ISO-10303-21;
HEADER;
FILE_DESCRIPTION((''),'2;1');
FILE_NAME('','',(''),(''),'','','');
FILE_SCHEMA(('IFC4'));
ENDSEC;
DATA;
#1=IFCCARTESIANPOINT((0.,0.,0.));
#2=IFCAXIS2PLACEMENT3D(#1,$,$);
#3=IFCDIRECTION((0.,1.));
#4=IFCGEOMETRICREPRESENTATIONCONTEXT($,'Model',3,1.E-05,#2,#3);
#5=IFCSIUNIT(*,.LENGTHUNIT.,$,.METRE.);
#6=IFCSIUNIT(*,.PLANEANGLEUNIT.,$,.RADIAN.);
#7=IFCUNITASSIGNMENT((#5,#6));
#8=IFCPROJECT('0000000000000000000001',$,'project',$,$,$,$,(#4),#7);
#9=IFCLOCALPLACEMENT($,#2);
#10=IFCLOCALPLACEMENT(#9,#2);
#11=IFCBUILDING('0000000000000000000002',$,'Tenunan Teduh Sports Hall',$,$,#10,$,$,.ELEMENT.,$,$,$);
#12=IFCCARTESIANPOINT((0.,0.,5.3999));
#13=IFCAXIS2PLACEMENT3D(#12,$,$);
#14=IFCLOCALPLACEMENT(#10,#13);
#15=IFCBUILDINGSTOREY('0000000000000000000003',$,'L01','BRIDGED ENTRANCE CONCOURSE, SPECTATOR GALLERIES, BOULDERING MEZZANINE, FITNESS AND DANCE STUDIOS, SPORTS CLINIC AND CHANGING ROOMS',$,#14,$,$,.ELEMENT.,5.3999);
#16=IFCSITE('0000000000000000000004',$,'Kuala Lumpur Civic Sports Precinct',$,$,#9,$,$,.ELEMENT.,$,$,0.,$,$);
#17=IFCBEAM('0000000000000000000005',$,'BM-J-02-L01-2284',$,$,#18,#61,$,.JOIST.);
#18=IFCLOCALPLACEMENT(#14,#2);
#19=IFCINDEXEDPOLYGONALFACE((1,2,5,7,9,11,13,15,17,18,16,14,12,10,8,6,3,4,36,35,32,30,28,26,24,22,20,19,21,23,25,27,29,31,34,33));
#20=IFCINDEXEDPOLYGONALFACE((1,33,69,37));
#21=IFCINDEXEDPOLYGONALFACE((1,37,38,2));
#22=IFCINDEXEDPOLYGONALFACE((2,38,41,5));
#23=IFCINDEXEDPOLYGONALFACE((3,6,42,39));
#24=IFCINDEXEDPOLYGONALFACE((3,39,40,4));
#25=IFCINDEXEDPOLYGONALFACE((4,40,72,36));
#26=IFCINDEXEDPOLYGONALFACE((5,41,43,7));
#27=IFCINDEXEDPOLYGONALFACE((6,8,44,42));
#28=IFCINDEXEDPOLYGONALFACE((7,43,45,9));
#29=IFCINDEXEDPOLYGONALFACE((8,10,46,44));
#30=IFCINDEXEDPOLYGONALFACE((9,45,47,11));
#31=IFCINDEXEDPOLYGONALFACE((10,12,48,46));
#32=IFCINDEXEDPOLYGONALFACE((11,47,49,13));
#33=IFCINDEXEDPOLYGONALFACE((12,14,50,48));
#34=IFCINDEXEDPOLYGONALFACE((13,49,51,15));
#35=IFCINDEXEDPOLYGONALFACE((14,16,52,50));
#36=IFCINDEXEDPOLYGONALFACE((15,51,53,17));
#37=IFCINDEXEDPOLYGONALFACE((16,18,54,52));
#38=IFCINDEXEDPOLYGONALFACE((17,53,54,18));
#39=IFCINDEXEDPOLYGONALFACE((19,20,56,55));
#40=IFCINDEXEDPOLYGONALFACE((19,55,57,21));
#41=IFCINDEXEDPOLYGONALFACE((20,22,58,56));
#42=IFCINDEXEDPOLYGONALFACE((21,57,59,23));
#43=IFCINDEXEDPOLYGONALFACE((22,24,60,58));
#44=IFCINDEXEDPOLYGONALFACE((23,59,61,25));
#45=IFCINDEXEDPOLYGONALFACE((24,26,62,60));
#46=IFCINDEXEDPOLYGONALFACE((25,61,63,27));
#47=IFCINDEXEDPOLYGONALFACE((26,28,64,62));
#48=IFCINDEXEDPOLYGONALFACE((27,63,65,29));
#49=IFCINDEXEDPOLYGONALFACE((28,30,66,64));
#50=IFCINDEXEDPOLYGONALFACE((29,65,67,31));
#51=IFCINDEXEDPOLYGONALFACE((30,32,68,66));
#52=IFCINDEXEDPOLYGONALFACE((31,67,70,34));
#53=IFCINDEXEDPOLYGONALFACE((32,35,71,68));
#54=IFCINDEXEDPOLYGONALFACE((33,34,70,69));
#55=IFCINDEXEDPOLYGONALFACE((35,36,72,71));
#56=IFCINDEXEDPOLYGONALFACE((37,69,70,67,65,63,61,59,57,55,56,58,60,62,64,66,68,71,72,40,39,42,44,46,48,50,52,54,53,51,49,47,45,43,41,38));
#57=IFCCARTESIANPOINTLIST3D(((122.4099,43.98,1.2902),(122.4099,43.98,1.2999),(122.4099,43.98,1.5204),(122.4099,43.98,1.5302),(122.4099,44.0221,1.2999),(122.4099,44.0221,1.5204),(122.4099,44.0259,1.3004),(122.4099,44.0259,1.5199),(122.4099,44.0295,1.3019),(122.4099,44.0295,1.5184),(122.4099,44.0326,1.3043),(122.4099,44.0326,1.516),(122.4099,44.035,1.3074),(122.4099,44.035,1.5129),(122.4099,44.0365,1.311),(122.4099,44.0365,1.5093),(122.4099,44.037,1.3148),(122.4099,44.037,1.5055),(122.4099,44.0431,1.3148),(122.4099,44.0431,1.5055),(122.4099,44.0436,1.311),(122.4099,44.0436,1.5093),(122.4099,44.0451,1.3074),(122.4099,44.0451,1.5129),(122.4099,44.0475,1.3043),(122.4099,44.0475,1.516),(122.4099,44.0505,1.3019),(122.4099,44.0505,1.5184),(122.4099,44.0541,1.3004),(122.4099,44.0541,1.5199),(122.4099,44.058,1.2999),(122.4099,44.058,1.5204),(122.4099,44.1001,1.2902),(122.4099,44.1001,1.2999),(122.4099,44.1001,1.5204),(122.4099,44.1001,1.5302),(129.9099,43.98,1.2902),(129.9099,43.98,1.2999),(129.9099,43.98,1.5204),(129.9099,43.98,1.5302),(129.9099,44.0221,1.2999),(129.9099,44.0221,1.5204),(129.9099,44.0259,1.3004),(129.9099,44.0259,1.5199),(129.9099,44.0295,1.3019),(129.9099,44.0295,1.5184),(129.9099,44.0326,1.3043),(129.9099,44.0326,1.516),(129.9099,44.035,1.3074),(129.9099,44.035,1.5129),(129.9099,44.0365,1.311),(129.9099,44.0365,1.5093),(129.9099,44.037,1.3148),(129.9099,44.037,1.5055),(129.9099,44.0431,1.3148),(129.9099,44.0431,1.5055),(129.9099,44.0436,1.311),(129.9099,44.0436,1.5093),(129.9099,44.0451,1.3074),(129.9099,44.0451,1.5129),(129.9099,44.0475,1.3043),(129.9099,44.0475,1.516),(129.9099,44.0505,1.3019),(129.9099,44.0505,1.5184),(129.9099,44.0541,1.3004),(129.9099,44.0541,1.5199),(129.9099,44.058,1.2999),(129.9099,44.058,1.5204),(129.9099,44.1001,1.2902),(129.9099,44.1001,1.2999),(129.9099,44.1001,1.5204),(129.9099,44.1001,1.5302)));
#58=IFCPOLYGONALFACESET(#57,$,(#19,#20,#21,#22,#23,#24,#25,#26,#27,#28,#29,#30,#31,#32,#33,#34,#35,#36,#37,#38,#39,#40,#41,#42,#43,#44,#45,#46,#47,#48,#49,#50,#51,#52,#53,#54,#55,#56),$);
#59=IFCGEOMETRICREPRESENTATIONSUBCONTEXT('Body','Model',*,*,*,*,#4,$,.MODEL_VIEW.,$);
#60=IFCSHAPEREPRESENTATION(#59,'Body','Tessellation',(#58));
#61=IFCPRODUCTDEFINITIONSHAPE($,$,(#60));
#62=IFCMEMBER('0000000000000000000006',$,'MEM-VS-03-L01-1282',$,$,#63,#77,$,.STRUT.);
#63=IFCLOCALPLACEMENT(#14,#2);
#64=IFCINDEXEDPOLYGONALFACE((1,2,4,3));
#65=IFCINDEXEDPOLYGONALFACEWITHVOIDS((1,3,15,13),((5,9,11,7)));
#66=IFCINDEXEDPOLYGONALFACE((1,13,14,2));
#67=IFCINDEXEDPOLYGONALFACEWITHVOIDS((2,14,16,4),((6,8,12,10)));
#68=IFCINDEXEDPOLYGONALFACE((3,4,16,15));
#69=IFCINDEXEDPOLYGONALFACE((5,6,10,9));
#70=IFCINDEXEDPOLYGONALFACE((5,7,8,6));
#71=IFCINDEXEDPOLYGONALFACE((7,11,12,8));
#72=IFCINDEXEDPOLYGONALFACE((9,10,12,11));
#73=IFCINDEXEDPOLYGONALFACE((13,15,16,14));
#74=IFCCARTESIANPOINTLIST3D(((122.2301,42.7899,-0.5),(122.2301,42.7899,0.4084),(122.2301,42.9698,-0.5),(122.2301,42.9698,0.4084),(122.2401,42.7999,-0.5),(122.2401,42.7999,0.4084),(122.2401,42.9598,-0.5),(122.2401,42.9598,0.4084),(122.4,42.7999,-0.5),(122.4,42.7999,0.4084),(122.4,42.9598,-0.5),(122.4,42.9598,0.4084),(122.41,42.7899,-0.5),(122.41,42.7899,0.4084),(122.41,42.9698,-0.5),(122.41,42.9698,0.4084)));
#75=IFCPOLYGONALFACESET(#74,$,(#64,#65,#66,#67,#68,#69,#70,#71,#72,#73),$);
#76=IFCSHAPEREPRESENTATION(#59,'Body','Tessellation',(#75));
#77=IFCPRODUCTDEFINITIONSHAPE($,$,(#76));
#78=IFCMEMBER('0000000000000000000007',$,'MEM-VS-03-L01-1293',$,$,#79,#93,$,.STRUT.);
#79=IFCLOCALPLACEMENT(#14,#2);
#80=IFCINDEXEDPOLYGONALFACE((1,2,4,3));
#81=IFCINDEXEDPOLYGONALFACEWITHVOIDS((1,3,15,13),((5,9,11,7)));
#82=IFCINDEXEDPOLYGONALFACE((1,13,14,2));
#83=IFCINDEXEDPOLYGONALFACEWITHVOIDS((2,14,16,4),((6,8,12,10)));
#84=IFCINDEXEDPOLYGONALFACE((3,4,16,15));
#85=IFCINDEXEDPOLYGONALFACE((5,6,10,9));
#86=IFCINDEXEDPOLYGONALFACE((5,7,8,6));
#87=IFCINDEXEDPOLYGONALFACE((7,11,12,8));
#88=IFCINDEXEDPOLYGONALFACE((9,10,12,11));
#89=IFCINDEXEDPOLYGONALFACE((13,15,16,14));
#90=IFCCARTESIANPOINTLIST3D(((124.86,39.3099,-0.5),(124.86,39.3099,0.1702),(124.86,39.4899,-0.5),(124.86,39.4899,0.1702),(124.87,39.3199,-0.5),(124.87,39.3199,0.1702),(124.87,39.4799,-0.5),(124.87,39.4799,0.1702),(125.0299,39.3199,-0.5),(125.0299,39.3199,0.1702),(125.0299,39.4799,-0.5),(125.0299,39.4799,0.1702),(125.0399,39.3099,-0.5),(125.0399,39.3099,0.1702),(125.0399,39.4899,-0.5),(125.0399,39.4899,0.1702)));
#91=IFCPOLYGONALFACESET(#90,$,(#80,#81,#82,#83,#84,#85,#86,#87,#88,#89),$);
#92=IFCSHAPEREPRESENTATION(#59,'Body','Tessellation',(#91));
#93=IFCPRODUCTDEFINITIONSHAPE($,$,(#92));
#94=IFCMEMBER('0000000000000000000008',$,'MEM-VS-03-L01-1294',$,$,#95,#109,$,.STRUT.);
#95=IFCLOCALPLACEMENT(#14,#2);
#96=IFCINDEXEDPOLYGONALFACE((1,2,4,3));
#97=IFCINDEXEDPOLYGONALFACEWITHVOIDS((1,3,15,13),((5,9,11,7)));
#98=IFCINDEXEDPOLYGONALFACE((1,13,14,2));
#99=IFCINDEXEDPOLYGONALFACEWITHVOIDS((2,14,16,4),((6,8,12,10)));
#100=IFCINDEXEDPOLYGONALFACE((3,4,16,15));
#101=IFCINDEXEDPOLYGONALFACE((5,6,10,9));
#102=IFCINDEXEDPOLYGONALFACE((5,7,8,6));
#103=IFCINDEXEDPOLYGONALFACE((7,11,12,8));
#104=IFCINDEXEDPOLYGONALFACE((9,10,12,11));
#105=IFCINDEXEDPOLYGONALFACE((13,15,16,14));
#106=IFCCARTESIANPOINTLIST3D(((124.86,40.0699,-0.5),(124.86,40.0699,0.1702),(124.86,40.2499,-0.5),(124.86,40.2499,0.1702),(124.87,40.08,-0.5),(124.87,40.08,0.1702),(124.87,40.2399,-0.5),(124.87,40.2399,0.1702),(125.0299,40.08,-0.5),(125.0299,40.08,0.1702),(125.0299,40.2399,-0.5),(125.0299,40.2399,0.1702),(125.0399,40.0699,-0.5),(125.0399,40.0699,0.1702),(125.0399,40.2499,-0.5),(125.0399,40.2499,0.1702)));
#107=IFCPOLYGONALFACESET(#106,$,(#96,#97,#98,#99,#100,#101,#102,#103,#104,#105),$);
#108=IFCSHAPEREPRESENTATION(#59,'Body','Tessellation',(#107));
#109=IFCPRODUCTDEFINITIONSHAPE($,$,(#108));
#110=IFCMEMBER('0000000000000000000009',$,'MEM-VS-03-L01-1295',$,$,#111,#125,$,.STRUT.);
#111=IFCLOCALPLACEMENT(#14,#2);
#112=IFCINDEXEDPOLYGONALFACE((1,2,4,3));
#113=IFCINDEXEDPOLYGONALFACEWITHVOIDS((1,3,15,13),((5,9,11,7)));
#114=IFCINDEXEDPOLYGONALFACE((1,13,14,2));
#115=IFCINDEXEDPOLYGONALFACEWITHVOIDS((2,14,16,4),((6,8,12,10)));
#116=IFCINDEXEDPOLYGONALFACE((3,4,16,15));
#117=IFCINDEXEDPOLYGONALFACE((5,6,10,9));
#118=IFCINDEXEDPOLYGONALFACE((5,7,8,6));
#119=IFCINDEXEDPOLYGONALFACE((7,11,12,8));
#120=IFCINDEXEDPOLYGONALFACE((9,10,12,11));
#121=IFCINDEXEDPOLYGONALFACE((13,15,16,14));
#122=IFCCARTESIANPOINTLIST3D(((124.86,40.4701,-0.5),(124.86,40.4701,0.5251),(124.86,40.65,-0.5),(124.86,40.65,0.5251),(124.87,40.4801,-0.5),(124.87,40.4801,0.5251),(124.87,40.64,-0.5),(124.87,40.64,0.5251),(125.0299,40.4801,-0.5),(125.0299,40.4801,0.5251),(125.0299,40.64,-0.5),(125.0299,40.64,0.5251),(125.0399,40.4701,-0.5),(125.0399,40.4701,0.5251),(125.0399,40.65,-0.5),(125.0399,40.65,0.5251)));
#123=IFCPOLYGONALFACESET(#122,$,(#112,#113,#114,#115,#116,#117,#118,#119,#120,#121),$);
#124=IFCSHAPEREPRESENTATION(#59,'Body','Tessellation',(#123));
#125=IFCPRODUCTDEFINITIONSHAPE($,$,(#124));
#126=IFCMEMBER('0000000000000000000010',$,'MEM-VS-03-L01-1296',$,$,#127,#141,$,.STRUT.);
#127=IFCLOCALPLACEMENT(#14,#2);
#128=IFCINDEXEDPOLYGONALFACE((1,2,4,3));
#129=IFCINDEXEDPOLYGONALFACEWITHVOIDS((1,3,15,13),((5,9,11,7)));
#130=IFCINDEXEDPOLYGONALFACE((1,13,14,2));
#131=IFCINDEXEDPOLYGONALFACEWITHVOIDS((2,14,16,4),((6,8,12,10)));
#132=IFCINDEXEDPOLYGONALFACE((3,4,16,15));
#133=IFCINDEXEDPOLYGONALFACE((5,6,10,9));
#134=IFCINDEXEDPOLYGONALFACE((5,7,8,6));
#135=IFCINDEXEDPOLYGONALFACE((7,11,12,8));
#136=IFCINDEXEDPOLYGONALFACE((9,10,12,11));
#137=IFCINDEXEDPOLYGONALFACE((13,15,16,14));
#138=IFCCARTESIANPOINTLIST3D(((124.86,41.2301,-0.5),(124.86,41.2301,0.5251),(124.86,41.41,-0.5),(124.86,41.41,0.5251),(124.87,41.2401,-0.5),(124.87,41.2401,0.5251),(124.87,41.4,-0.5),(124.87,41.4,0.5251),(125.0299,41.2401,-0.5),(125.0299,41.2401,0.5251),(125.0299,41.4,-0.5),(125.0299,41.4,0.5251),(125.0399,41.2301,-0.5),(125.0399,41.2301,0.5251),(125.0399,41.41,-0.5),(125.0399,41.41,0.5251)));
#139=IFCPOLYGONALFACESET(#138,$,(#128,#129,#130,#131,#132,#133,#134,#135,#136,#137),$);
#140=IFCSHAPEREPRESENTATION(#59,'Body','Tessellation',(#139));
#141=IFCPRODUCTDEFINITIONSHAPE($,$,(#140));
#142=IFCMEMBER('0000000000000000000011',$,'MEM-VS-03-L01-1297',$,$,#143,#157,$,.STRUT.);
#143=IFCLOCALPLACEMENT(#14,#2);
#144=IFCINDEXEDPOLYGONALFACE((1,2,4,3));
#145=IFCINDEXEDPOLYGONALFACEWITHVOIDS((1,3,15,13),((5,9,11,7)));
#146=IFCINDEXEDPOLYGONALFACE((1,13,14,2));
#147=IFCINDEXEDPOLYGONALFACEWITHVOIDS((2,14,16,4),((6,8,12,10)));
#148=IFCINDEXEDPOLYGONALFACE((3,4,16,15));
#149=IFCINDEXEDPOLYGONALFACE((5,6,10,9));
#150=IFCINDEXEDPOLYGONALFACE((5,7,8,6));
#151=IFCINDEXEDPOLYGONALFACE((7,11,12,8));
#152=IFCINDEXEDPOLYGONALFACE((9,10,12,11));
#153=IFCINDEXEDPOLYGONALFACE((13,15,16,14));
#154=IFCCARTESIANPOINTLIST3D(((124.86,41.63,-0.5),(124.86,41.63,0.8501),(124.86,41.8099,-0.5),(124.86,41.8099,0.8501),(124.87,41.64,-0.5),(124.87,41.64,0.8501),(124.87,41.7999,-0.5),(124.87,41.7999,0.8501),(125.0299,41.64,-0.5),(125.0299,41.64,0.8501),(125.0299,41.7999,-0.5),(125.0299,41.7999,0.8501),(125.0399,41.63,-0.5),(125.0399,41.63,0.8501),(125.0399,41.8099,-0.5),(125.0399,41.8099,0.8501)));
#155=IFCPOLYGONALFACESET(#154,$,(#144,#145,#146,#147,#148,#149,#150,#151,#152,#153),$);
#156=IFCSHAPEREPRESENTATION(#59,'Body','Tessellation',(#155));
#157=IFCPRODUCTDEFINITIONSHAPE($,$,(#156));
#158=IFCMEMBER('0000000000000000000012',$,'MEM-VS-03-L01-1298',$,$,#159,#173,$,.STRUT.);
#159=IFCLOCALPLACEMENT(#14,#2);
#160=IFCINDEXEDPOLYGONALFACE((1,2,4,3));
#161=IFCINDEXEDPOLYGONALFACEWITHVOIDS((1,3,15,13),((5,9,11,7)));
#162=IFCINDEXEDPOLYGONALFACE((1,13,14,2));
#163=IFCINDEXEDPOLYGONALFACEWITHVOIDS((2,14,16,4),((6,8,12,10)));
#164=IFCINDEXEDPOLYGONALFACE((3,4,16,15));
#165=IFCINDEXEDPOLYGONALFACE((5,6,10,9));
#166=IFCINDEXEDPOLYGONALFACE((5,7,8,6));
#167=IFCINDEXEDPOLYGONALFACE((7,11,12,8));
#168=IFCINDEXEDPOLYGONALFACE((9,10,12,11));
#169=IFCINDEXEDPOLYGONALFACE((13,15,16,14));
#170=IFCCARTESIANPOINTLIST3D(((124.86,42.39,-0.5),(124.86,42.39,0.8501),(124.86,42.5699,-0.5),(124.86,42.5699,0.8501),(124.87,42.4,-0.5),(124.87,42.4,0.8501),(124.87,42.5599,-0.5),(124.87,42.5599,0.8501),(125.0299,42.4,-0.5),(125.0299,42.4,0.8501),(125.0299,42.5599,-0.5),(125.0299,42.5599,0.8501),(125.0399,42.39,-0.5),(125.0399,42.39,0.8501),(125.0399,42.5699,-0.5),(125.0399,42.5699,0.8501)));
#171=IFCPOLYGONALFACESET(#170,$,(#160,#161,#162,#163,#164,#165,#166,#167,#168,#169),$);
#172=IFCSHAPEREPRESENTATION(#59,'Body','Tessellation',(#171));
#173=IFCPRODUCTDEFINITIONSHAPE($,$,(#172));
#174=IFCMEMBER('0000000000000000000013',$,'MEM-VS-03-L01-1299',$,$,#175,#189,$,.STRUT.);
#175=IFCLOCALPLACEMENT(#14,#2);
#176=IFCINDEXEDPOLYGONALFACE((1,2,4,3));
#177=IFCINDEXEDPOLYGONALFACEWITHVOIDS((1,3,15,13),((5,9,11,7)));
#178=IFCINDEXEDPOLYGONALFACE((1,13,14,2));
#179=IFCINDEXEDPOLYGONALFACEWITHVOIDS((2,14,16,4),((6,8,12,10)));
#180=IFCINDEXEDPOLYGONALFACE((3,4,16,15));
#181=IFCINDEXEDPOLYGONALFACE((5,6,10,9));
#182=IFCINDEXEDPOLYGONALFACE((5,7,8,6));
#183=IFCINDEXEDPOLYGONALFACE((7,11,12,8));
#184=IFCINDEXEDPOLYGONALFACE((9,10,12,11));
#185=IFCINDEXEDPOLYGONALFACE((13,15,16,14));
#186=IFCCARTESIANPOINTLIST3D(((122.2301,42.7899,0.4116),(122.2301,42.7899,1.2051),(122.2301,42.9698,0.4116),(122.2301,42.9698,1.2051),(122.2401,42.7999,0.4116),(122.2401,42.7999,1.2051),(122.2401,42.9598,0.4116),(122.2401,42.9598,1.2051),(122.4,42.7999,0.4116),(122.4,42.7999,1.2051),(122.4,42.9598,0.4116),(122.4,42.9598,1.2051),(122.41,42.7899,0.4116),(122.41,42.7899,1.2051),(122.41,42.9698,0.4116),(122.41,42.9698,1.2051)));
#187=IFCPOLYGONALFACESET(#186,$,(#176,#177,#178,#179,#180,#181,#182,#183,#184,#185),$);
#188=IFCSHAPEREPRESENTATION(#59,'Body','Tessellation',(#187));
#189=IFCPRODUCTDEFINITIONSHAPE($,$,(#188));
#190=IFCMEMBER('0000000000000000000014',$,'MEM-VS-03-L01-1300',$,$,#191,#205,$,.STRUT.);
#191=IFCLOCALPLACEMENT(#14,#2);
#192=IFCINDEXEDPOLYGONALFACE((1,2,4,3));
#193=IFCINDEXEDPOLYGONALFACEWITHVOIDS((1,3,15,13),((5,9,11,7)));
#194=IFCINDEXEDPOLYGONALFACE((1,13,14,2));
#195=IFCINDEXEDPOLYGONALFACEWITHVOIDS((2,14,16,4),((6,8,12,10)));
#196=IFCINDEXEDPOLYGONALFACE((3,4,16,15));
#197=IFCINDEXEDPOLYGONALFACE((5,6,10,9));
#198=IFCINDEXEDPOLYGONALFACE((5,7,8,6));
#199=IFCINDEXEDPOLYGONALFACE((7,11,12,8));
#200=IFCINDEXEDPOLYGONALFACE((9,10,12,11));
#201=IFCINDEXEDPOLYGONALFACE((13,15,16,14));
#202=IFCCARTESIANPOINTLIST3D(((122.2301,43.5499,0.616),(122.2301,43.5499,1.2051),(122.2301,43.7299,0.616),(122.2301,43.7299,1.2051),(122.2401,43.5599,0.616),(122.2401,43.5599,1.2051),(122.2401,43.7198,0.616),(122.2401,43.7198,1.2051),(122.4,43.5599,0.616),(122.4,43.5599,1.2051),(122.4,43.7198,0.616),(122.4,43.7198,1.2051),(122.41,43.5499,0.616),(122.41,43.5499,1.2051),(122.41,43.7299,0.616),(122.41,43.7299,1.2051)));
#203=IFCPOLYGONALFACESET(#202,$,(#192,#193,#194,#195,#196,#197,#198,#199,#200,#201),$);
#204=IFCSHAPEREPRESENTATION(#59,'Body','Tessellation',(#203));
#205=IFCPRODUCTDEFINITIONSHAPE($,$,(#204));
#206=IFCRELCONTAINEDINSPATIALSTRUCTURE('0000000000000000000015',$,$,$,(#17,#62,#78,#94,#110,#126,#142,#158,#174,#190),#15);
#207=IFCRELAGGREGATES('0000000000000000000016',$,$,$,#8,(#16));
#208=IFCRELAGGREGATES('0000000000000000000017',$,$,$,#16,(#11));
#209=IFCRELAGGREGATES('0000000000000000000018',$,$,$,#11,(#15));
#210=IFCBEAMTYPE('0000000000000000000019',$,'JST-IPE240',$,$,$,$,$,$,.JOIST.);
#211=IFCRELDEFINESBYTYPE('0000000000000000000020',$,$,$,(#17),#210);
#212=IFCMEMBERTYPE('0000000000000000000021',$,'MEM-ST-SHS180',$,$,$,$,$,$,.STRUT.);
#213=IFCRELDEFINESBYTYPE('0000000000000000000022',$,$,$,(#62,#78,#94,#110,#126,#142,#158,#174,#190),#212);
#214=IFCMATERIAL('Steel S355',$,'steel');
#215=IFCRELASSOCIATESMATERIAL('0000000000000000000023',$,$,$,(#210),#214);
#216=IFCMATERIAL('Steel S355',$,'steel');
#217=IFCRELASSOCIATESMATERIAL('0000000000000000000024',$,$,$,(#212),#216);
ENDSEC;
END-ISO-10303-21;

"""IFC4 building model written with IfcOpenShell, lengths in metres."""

from ifc_helpers import new_model, si_unit, direction, frame, origin, origin_2d, place, context, subcontext, project, spatial, hollow_rectangle, i_section, extrude, material, material_profile, profile_set, type_object, element, save


model = new_model("IFC4")

# Units and contexts
model_context = context("Model", 3, precision=1e-05, world=origin(), true_north=direction((0.0, 1.0)))
body_context = subcontext(model_context, "Body", "Model", "MODEL_VIEW")
ifc_project = project(units=[si_unit("LENGTHUNIT", "METRE"), si_unit("PLANEANGLEUNIT", "RADIAN")], contexts=[model_context])

# Site, building, storey
site_placement = place(None, origin())
site = spatial("IfcSite", under=ifc_project, at=site_placement, Name="Kuala Lumpur Civic Sports Precinct", CompositionType="ELEMENT", RefElevation=0.0)
building_placement = place(site_placement, origin())
building = spatial("IfcBuilding", under=site, at=building_placement, Name="Tenunan Teduh Sports Hall", CompositionType="ELEMENT")
storey_placement = place(building_placement, frame((0.0, 0.0, 5.3999)))
storey = spatial("IfcBuildingStorey", under=building, at=storey_placement, Name="L01", Description="BRIDGED ENTRANCE CONCOURSE, SPECTATOR GALLERIES, BOULDERING MEZZANINE, FITNESS AND DANCE STUDIOS, SPORTS CLINIC AND CHANGING ROOMS", CompositionType="ELEMENT", Elevation=5.3999)

# Beam
ifc_material_1 = material(Name="Steel S355", Category="steel")
ifc_material_profile_1 = material_profile(ifc_material_1, i_section(OverallWidth=0.1201, OverallDepth=0.24, WebThickness=0.0061, FlangeThickness=0.0098, FilletRadius=0.0149, at=origin_2d()), Name="IPE 240")
ifc_profile_set_1 = profile_set([ifc_material_profile_1], Name="Steel S355")
beam_type_1 = type_object("IfcBeamType", Name="JST-IPE240", PredefinedType="JOIST", material=ifc_profile_set_1)
for number, where, z_axis, x_axis, name in (
    (1, (122.4099, 44.04, 1.4102), (1.0, 0.0, 0.0), (0.0, 1.0, 0.0), "BM-J-02-L01-2284"),
):
    element("IfcBeam", number, at=place(storey_placement, frame(where, z_axis=z_axis, x_axis=x_axis)), inside=storey, type_object=beam_type_1, Name=name, PredefinedType="JOIST", context=body_context, shape_type="SweptSolid", body=[
        extrude(i_section(OverallWidth=0.1201, OverallDepth=0.24, WebThickness=0.0061, FlangeThickness=0.0098, FilletRadius=0.0149, at=origin_2d()), origin(), (0.0, 0.0, 1.0), 7.5),
    ])

# Members
ifc_material_2 = material(Name="Steel S355", Category="steel")
ifc_material_profile_2 = material_profile(ifc_material_2, hollow_rectangle(XDim=0.1799, YDim=0.1799, WallThickness=0.01, at=origin_2d()), Name="SHS 180x180x10.0")
ifc_profile_set_2 = profile_set([ifc_material_profile_2], Name="Steel S355")
member_type = type_object("IfcMemberType", Name="MEM-ST-SHS180", PredefinedType="STRUT", material=ifc_profile_set_2)
member_1_placement = place(storey_placement, frame((122.3201, 42.8799, -0.5), z_axis=(0.0, 0.0, 1.0), x_axis=(1.0, 0.0, 0.0)))
element("IfcMember", 2, at=member_1_placement, inside=storey, type_object=member_type, Name="MEM-VS-03-L01-1282", PredefinedType="STRUT", context=body_context, shape_type="SweptSolid", body=[
    extrude(hollow_rectangle(XDim=0.1799, YDim=0.1799, WallThickness=0.01, at=origin_2d()), origin(), (0.0, 0.0, 1.0), 0.9084),
])
for number, where, z_axis, x_axis, name in (
    (3, (124.95, 39.3999, -0.5), (0.0, 0.0, 1.0), (1.0, 0.0, 0.0), "MEM-VS-03-L01-1293"),
    (4, (124.95, 40.1599, -0.5), (0.0, 0.0, 1.0), (1.0, 0.0, 0.0), "MEM-VS-03-L01-1294"),
):
    element("IfcMember", number, at=place(storey_placement, frame(where, z_axis=z_axis, x_axis=x_axis)), inside=storey, type_object=member_type, Name=name, PredefinedType="STRUT", context=body_context, shape_type="SweptSolid", body=[
        extrude(hollow_rectangle(XDim=0.1799, YDim=0.1799, WallThickness=0.01, at=origin_2d()), origin(), (0.0, 0.0, 1.0), 0.6702),
    ])
for number, where, z_axis, x_axis, name in (
    (5, (124.95, 40.5601, -0.5), (0.0, 0.0, 1.0), (1.0, 0.0, 0.0), "MEM-VS-03-L01-1295"),
    (6, (124.95, 41.3201, -0.5), (0.0, 0.0, 1.0), (1.0, 0.0, 0.0), "MEM-VS-03-L01-1296"),
):
    element("IfcMember", number, at=place(storey_placement, frame(where, z_axis=z_axis, x_axis=x_axis)), inside=storey, type_object=member_type, Name=name, PredefinedType="STRUT", context=body_context, shape_type="SweptSolid", body=[
        extrude(hollow_rectangle(XDim=0.1799, YDim=0.1799, WallThickness=0.01, at=origin_2d()), origin(), (0.0, 0.0, 1.0), 1.0251),
    ])
for number, where, z_axis, x_axis, name in (
    (7, (124.95, 41.72, -0.5), (0.0, 0.0, 1.0), (1.0, 0.0, 0.0), "MEM-VS-03-L01-1297"),
    (8, (124.95, 42.48, -0.5), (0.0, 0.0, 1.0), (1.0, 0.0, 0.0), "MEM-VS-03-L01-1298"),
):
    element("IfcMember", number, at=place(storey_placement, frame(where, z_axis=z_axis, x_axis=x_axis)), inside=storey, type_object=member_type, Name=name, PredefinedType="STRUT", context=body_context, shape_type="SweptSolid", body=[
        extrude(hollow_rectangle(XDim=0.1799, YDim=0.1799, WallThickness=0.01, at=origin_2d()), origin(), (0.0, 0.0, 1.0), 1.3501),
    ])
member_2_placement = place(storey_placement, frame((122.3201, 42.8799, 0.4116), z_axis=(0.0, 0.0, 1.0), x_axis=(1.0, 0.0, 0.0)))
element("IfcMember", 9, at=member_2_placement, inside=storey, type_object=member_type, Name="MEM-VS-03-L01-1299", PredefinedType="STRUT", context=body_context, shape_type="SweptSolid", body=[
    extrude(hollow_rectangle(XDim=0.1799, YDim=0.1799, WallThickness=0.01, at=origin_2d()), origin(), (0.0, 0.0, 1.0), 0.7935),
])
member_3_placement = place(storey_placement, frame((122.3201, 43.6399, 0.616), z_axis=(0.0, 0.0, 1.0), x_axis=(1.0, 0.0, 0.0)))
element("IfcMember", 10, at=member_3_placement, inside=storey, type_object=member_type, Name="MEM-VS-03-L01-1300", PredefinedType="STRUT", context=body_context, shape_type="SweptSolid", body=[
    extrude(hollow_rectangle(XDim=0.1799, YDim=0.1799, WallThickness=0.01, at=origin_2d()), origin(), (0.0, 0.0, 1.0), 0.5891),
])

save(model, "model.ifc")
